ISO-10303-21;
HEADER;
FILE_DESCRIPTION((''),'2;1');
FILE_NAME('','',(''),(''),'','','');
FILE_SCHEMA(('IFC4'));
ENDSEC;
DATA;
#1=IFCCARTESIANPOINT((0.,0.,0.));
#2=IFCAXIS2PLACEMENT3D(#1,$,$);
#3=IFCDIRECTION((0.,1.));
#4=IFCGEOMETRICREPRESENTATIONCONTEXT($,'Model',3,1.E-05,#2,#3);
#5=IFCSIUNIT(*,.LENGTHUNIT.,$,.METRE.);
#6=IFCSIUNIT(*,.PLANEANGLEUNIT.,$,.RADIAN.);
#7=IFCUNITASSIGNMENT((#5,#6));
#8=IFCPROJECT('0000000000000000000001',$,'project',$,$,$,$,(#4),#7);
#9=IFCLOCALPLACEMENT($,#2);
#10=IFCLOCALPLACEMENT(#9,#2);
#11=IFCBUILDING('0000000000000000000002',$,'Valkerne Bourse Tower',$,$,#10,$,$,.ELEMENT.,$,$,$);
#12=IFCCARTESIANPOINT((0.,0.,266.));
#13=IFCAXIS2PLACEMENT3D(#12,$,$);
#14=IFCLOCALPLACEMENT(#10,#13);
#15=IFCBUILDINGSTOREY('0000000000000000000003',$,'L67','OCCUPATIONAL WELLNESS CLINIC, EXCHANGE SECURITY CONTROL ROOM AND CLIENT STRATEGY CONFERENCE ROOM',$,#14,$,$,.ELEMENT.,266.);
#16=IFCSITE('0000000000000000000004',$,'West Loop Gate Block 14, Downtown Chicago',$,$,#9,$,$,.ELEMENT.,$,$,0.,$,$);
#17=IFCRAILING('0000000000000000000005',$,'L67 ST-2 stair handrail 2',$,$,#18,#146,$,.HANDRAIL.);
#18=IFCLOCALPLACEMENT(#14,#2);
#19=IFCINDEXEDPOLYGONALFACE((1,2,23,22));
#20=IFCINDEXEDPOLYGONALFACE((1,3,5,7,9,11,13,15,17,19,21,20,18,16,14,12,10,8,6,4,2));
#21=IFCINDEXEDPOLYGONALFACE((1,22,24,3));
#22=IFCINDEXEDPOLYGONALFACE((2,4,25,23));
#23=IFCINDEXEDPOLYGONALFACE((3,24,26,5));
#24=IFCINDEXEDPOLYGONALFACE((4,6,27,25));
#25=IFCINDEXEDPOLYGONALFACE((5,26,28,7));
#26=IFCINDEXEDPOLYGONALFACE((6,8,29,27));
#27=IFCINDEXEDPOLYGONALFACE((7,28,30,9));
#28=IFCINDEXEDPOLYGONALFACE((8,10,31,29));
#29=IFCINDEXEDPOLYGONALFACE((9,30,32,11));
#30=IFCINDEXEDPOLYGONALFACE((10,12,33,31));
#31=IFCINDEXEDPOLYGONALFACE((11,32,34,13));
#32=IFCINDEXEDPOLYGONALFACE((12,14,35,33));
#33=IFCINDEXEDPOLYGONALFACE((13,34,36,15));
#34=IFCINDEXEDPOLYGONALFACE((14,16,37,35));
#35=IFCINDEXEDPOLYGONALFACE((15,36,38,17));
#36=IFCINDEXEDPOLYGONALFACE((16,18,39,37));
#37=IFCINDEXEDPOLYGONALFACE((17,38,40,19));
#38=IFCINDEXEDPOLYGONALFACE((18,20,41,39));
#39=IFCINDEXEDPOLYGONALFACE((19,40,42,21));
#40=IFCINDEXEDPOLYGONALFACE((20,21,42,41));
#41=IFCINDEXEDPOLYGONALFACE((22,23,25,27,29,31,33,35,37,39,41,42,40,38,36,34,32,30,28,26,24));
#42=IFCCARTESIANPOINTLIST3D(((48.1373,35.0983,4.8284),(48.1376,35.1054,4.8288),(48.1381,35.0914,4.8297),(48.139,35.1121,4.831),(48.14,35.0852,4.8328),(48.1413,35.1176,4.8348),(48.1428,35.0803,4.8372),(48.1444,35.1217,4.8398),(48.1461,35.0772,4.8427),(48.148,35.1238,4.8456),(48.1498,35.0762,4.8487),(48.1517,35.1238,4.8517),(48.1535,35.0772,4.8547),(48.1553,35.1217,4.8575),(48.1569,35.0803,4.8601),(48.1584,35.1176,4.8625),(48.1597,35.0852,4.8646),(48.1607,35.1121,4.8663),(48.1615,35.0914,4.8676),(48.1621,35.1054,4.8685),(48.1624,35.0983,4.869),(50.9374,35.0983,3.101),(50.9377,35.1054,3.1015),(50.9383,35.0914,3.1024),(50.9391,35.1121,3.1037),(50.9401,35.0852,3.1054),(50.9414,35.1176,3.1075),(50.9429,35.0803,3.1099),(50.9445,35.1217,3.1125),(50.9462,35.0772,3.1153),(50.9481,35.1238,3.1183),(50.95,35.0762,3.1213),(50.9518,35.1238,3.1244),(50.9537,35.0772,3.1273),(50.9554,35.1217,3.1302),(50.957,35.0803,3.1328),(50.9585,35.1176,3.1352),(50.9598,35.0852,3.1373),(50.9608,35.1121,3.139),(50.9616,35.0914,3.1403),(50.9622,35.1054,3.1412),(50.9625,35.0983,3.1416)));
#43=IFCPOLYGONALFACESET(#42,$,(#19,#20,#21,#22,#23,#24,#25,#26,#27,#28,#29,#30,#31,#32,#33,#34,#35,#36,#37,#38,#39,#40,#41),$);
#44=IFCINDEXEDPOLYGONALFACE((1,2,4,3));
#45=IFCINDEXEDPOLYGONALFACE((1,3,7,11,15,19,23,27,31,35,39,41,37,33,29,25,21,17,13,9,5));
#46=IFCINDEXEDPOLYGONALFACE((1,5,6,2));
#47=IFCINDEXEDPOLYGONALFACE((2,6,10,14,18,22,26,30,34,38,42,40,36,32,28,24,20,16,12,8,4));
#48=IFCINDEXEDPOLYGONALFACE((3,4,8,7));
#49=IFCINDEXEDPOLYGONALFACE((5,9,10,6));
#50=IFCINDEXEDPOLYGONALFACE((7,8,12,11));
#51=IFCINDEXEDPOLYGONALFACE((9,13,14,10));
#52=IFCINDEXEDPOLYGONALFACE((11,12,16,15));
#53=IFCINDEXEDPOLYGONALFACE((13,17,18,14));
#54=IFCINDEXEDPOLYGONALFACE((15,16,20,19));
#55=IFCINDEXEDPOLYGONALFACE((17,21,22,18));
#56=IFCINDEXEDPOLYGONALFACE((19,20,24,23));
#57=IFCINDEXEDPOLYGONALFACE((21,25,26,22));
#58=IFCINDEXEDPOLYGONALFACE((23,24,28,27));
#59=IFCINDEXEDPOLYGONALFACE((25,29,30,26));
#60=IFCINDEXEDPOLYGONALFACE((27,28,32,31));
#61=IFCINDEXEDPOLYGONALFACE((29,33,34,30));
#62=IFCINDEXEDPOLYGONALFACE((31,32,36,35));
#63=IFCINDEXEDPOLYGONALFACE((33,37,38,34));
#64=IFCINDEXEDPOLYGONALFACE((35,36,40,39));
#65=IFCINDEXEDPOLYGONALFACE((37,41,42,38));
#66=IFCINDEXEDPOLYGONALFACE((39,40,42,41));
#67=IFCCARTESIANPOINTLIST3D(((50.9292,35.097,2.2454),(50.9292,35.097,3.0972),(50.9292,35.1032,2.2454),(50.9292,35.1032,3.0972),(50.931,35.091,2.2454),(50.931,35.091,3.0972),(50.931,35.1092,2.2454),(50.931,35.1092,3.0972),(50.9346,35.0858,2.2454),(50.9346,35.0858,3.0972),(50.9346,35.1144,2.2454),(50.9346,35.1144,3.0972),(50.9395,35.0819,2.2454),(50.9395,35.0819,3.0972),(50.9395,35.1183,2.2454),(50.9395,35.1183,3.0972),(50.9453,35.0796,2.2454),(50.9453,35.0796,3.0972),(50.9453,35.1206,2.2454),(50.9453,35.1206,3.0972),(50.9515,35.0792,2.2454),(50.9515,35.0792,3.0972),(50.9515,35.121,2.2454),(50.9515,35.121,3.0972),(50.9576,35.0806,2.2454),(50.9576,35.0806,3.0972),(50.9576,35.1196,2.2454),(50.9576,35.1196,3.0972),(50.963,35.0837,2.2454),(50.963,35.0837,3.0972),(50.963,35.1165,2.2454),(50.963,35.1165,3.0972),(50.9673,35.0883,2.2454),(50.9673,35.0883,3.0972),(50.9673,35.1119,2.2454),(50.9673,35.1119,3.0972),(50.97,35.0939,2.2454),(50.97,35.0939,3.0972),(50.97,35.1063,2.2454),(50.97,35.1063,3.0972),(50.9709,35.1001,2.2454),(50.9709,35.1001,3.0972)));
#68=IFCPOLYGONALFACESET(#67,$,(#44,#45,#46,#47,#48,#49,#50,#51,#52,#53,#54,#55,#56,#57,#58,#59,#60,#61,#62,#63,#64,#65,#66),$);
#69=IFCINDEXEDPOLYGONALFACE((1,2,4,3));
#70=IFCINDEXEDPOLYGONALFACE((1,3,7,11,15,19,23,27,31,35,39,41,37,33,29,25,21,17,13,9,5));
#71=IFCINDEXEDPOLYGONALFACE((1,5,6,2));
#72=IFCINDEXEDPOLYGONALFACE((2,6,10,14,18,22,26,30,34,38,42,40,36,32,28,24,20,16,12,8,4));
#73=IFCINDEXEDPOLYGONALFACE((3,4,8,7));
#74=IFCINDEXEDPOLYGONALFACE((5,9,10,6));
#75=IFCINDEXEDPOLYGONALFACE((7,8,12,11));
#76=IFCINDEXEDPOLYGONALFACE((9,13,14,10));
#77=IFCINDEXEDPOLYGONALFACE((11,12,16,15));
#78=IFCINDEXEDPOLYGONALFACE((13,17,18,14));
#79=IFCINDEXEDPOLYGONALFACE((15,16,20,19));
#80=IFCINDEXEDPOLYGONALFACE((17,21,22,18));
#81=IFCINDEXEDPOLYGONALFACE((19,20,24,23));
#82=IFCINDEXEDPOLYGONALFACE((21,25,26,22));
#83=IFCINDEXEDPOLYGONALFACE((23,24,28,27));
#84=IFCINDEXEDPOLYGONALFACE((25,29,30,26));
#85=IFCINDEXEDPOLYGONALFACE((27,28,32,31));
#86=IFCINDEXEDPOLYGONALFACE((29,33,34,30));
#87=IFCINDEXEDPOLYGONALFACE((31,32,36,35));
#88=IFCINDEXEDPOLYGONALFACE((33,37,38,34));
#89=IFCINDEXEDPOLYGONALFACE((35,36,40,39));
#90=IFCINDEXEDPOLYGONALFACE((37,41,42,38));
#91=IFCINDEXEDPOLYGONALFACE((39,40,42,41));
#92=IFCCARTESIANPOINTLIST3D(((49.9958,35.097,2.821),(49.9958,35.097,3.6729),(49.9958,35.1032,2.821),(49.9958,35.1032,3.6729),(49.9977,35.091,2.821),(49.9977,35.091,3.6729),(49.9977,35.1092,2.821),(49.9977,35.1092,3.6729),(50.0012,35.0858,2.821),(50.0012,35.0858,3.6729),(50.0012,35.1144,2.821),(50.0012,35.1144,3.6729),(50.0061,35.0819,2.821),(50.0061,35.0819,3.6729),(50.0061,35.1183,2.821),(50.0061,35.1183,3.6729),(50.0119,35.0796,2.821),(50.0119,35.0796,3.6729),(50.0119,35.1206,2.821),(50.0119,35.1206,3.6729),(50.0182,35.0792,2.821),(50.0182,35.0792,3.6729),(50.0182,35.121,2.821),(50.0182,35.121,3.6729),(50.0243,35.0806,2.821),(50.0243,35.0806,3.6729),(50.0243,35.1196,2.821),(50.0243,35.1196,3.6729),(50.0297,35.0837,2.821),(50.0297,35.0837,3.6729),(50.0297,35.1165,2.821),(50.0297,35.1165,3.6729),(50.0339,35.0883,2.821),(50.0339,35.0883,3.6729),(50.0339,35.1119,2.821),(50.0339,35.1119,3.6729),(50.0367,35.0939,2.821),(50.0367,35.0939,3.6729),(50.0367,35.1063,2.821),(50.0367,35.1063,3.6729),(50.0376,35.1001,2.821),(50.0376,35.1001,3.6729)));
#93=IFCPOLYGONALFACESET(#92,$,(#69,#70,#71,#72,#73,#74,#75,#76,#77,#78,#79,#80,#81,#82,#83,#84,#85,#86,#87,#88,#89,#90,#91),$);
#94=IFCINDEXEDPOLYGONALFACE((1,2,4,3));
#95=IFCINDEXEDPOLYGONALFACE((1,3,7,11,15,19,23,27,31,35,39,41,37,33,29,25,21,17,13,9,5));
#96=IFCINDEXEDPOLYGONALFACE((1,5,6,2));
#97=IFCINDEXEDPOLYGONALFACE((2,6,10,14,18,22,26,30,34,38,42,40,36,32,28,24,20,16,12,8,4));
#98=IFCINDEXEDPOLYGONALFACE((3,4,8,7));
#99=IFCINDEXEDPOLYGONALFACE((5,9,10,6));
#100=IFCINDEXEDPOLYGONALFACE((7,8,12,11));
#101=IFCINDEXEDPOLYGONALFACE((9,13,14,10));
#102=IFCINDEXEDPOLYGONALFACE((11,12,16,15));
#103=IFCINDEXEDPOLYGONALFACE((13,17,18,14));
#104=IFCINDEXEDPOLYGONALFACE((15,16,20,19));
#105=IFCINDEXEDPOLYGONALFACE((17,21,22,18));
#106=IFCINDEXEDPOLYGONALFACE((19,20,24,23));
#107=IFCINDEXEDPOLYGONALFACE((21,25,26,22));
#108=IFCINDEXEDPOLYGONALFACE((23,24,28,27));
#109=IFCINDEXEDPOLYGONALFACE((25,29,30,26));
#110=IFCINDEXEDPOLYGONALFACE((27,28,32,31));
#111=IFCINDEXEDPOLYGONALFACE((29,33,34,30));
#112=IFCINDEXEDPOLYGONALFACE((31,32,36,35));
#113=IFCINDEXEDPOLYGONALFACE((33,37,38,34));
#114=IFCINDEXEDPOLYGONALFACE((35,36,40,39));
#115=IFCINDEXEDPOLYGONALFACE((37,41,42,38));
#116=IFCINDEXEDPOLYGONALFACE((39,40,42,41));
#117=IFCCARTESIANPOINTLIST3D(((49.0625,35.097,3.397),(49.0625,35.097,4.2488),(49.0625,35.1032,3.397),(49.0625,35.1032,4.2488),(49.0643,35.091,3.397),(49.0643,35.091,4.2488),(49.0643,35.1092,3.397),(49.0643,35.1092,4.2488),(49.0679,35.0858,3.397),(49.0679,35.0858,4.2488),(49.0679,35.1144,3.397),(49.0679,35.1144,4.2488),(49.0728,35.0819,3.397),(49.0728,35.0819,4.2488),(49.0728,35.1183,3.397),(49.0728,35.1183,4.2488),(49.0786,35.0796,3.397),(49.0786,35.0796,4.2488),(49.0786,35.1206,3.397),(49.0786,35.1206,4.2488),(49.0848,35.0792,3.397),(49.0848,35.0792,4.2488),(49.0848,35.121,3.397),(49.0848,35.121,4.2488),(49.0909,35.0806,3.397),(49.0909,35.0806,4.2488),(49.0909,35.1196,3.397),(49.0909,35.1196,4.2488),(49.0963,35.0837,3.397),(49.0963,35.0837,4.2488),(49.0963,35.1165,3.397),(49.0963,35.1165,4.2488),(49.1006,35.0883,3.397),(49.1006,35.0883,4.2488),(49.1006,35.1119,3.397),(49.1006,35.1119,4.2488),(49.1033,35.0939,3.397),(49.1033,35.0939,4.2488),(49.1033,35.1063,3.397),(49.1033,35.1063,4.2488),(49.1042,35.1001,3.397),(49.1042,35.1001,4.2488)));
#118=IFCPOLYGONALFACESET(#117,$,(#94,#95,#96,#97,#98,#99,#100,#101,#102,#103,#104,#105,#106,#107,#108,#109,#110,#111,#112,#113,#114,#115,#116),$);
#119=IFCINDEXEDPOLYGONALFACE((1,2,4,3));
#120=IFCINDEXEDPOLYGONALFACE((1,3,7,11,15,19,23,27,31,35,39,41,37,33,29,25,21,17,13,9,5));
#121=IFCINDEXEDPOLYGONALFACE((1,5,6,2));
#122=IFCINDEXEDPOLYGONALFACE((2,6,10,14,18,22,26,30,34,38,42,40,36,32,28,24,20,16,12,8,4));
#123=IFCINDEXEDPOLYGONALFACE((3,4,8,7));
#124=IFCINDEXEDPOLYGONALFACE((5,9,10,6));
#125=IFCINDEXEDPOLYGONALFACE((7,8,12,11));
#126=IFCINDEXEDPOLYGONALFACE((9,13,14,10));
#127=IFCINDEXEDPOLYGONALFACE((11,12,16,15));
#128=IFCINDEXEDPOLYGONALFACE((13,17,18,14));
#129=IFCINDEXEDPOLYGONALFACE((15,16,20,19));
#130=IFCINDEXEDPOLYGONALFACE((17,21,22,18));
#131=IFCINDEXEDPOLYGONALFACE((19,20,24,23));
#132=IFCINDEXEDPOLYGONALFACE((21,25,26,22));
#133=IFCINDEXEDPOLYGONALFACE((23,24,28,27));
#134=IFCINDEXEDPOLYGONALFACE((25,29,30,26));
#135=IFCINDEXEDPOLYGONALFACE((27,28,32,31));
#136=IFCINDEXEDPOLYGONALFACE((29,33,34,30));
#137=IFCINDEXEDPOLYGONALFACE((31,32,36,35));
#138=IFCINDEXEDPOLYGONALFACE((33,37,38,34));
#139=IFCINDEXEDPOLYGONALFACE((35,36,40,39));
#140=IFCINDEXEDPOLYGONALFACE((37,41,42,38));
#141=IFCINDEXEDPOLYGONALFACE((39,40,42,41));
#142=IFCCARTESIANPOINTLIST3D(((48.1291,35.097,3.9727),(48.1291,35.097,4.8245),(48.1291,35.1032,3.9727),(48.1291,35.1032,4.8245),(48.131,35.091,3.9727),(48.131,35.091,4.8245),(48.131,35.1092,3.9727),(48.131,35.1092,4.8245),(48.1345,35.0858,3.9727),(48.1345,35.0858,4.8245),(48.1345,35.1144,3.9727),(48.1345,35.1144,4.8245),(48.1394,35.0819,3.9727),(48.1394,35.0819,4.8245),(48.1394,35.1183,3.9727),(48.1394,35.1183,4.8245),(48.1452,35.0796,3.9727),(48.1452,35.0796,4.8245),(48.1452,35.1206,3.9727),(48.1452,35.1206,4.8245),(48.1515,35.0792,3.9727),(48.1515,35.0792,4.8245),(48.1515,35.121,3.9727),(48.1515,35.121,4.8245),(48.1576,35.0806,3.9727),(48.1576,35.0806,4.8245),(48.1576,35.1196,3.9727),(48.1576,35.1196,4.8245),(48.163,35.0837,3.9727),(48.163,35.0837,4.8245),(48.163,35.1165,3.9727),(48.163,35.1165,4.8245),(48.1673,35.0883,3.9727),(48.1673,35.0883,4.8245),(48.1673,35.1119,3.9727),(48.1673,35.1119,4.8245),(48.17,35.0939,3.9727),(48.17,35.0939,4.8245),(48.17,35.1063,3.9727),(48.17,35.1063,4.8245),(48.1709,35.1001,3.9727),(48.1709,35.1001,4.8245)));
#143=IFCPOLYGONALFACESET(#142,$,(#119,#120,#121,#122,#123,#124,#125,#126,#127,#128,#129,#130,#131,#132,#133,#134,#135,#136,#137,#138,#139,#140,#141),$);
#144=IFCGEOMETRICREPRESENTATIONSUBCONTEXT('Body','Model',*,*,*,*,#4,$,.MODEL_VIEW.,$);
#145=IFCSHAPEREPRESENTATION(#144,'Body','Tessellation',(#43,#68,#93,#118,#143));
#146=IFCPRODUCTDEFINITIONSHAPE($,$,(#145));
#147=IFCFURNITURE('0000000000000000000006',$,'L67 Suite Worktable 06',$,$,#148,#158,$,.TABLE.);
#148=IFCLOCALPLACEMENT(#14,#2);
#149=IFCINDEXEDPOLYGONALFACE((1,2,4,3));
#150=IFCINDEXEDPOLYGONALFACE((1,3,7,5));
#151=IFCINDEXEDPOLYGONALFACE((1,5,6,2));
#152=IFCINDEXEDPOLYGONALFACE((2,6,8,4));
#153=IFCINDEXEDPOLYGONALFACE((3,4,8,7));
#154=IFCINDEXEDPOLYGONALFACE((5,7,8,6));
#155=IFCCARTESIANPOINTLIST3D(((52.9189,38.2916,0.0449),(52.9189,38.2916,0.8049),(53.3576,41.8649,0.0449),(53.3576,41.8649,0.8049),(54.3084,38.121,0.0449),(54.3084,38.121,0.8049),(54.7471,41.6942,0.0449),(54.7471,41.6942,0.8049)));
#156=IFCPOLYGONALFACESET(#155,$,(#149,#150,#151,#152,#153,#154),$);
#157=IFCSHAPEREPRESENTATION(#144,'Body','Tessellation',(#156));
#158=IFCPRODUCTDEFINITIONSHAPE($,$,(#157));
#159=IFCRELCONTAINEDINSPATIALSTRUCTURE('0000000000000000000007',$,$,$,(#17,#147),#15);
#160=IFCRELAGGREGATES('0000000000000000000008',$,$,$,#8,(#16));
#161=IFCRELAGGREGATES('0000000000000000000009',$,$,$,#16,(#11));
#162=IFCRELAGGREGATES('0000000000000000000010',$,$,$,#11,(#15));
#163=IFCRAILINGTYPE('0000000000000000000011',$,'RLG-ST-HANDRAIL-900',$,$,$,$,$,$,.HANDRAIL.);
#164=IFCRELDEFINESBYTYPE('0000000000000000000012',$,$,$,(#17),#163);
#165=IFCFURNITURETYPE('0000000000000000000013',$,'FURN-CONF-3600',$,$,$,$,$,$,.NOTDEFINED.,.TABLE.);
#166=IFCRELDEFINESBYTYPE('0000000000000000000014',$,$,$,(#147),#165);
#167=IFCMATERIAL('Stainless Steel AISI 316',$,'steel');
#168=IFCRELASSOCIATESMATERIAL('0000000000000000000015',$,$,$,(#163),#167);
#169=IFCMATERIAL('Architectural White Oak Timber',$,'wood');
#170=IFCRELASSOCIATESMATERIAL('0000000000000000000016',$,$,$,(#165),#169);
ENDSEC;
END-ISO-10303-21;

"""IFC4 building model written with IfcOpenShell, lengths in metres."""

from ifc_helpers import new_model, si_unit, direction, frame, origin, origin_2d, place, context, subcontext, project, spatial, rectangle, circle, extrude, material, type_object, element, save


model = new_model("IFC4")

# Units and contexts
model_context = context("Model", 3, precision=1e-05, world=origin(), true_north=direction((0.0, 1.0)))
body_context = subcontext(model_context, "Body", "Model", "MODEL_VIEW")
ifc_project = project(units=[si_unit("LENGTHUNIT", "METRE"), si_unit("PLANEANGLEUNIT", "RADIAN")], contexts=[model_context])

# Site, building, storey
site_placement = place(None, origin())
site = spatial("IfcSite", under=ifc_project, at=site_placement, Name="West Loop Gate Block 14, Downtown Chicago", CompositionType="ELEMENT", RefElevation=0.0)
building_placement = place(site_placement, origin())
building = spatial("IfcBuilding", under=site, at=building_placement, Name="Valkerne Bourse Tower", CompositionType="ELEMENT")
storey_placement = place(building_placement, frame((0.0, 0.0, 266.0)))
storey = spatial("IfcBuildingStorey", under=building, at=storey_placement, Name="L67", Description="OCCUPATIONAL WELLNESS CLINIC, EXCHANGE SECURITY CONTROL ROOM AND CLIENT STRATEGY CONFERENCE ROOM", CompositionType="ELEMENT", Elevation=266.0)

# Shared definitions
ifc_material_1 = material(Name="Architectural White Oak Timber", Category="wood")

# Railing
ifc_material_2 = material(Name="Stainless Steel AISI 316", Category="steel")
railing_type_1 = type_object("IfcRailingType", Name="RLG-ST-HANDRAIL-900", PredefinedType="HANDRAIL", material=ifc_material_2)
railing_1_placement = place(storey_placement, frame((50.95, 35.1001, 2.2454)))
element("IfcRailing", 1, at=railing_1_placement, inside=storey, type_object=railing_type_1, Name="L67 ST-2 stair handrail 2", PredefinedType="HANDRAIL", context=body_context, shape_type="SweptSolid", body=[
    extrude(circle(Radius=0.0239, at=origin_2d()), frame((0.0, 0.0, 0.876), z_axis=(-0.85109, 0.0, 0.52502), x_axis=(0.0, -1.0, 0.0)), (0.0, 0.0, 1.0), 3.29),
    extrude(circle(Radius=0.021, at=origin_2d()), origin(), (0.0, 0.0, 1.0), 0.8518),
    extrude(circle(Radius=0.021, at=origin_2d()), frame((-0.9333, 0.0, 0.5757)), (0.0, 0.0, 1.0), 0.8518),
    extrude(circle(Radius=0.021, at=origin_2d()), frame((-1.8667, 0.0, 1.1516)), (0.0, 0.0, 1.0), 0.8518),
    extrude(circle(Radius=0.021, at=origin_2d()), frame((-2.8, 0.0, 1.7273)), (0.0, 0.0, 1.0), 0.8518),
])

# Furniture
furniture_type = type_object("IfcFurnitureType", Name="FURN-CONF-3600", AssemblyPlace="NOTDEFINED", PredefinedType="TABLE", material=ifc_material_1)
furniture_placement = place(storey_placement, frame((53.833, 39.9929, 0.0449), z_axis=(0.0, 0.0, 1.0), x_axis=(0.121869, 0.992546, 0.0)))
element("IfcFurniture", 2, at=furniture_placement, inside=storey, type_object=furniture_type, Name="L67 Suite Worktable 06", PredefinedType="TABLE", context=body_context, shape_type="SweptSolid", body=[
    extrude(rectangle(XDim=3.6001, YDim=1.3999, at=origin_2d()), origin(), (0.0, 0.0, 1.0), 0.76),
])

save(model, "model.ifc")
